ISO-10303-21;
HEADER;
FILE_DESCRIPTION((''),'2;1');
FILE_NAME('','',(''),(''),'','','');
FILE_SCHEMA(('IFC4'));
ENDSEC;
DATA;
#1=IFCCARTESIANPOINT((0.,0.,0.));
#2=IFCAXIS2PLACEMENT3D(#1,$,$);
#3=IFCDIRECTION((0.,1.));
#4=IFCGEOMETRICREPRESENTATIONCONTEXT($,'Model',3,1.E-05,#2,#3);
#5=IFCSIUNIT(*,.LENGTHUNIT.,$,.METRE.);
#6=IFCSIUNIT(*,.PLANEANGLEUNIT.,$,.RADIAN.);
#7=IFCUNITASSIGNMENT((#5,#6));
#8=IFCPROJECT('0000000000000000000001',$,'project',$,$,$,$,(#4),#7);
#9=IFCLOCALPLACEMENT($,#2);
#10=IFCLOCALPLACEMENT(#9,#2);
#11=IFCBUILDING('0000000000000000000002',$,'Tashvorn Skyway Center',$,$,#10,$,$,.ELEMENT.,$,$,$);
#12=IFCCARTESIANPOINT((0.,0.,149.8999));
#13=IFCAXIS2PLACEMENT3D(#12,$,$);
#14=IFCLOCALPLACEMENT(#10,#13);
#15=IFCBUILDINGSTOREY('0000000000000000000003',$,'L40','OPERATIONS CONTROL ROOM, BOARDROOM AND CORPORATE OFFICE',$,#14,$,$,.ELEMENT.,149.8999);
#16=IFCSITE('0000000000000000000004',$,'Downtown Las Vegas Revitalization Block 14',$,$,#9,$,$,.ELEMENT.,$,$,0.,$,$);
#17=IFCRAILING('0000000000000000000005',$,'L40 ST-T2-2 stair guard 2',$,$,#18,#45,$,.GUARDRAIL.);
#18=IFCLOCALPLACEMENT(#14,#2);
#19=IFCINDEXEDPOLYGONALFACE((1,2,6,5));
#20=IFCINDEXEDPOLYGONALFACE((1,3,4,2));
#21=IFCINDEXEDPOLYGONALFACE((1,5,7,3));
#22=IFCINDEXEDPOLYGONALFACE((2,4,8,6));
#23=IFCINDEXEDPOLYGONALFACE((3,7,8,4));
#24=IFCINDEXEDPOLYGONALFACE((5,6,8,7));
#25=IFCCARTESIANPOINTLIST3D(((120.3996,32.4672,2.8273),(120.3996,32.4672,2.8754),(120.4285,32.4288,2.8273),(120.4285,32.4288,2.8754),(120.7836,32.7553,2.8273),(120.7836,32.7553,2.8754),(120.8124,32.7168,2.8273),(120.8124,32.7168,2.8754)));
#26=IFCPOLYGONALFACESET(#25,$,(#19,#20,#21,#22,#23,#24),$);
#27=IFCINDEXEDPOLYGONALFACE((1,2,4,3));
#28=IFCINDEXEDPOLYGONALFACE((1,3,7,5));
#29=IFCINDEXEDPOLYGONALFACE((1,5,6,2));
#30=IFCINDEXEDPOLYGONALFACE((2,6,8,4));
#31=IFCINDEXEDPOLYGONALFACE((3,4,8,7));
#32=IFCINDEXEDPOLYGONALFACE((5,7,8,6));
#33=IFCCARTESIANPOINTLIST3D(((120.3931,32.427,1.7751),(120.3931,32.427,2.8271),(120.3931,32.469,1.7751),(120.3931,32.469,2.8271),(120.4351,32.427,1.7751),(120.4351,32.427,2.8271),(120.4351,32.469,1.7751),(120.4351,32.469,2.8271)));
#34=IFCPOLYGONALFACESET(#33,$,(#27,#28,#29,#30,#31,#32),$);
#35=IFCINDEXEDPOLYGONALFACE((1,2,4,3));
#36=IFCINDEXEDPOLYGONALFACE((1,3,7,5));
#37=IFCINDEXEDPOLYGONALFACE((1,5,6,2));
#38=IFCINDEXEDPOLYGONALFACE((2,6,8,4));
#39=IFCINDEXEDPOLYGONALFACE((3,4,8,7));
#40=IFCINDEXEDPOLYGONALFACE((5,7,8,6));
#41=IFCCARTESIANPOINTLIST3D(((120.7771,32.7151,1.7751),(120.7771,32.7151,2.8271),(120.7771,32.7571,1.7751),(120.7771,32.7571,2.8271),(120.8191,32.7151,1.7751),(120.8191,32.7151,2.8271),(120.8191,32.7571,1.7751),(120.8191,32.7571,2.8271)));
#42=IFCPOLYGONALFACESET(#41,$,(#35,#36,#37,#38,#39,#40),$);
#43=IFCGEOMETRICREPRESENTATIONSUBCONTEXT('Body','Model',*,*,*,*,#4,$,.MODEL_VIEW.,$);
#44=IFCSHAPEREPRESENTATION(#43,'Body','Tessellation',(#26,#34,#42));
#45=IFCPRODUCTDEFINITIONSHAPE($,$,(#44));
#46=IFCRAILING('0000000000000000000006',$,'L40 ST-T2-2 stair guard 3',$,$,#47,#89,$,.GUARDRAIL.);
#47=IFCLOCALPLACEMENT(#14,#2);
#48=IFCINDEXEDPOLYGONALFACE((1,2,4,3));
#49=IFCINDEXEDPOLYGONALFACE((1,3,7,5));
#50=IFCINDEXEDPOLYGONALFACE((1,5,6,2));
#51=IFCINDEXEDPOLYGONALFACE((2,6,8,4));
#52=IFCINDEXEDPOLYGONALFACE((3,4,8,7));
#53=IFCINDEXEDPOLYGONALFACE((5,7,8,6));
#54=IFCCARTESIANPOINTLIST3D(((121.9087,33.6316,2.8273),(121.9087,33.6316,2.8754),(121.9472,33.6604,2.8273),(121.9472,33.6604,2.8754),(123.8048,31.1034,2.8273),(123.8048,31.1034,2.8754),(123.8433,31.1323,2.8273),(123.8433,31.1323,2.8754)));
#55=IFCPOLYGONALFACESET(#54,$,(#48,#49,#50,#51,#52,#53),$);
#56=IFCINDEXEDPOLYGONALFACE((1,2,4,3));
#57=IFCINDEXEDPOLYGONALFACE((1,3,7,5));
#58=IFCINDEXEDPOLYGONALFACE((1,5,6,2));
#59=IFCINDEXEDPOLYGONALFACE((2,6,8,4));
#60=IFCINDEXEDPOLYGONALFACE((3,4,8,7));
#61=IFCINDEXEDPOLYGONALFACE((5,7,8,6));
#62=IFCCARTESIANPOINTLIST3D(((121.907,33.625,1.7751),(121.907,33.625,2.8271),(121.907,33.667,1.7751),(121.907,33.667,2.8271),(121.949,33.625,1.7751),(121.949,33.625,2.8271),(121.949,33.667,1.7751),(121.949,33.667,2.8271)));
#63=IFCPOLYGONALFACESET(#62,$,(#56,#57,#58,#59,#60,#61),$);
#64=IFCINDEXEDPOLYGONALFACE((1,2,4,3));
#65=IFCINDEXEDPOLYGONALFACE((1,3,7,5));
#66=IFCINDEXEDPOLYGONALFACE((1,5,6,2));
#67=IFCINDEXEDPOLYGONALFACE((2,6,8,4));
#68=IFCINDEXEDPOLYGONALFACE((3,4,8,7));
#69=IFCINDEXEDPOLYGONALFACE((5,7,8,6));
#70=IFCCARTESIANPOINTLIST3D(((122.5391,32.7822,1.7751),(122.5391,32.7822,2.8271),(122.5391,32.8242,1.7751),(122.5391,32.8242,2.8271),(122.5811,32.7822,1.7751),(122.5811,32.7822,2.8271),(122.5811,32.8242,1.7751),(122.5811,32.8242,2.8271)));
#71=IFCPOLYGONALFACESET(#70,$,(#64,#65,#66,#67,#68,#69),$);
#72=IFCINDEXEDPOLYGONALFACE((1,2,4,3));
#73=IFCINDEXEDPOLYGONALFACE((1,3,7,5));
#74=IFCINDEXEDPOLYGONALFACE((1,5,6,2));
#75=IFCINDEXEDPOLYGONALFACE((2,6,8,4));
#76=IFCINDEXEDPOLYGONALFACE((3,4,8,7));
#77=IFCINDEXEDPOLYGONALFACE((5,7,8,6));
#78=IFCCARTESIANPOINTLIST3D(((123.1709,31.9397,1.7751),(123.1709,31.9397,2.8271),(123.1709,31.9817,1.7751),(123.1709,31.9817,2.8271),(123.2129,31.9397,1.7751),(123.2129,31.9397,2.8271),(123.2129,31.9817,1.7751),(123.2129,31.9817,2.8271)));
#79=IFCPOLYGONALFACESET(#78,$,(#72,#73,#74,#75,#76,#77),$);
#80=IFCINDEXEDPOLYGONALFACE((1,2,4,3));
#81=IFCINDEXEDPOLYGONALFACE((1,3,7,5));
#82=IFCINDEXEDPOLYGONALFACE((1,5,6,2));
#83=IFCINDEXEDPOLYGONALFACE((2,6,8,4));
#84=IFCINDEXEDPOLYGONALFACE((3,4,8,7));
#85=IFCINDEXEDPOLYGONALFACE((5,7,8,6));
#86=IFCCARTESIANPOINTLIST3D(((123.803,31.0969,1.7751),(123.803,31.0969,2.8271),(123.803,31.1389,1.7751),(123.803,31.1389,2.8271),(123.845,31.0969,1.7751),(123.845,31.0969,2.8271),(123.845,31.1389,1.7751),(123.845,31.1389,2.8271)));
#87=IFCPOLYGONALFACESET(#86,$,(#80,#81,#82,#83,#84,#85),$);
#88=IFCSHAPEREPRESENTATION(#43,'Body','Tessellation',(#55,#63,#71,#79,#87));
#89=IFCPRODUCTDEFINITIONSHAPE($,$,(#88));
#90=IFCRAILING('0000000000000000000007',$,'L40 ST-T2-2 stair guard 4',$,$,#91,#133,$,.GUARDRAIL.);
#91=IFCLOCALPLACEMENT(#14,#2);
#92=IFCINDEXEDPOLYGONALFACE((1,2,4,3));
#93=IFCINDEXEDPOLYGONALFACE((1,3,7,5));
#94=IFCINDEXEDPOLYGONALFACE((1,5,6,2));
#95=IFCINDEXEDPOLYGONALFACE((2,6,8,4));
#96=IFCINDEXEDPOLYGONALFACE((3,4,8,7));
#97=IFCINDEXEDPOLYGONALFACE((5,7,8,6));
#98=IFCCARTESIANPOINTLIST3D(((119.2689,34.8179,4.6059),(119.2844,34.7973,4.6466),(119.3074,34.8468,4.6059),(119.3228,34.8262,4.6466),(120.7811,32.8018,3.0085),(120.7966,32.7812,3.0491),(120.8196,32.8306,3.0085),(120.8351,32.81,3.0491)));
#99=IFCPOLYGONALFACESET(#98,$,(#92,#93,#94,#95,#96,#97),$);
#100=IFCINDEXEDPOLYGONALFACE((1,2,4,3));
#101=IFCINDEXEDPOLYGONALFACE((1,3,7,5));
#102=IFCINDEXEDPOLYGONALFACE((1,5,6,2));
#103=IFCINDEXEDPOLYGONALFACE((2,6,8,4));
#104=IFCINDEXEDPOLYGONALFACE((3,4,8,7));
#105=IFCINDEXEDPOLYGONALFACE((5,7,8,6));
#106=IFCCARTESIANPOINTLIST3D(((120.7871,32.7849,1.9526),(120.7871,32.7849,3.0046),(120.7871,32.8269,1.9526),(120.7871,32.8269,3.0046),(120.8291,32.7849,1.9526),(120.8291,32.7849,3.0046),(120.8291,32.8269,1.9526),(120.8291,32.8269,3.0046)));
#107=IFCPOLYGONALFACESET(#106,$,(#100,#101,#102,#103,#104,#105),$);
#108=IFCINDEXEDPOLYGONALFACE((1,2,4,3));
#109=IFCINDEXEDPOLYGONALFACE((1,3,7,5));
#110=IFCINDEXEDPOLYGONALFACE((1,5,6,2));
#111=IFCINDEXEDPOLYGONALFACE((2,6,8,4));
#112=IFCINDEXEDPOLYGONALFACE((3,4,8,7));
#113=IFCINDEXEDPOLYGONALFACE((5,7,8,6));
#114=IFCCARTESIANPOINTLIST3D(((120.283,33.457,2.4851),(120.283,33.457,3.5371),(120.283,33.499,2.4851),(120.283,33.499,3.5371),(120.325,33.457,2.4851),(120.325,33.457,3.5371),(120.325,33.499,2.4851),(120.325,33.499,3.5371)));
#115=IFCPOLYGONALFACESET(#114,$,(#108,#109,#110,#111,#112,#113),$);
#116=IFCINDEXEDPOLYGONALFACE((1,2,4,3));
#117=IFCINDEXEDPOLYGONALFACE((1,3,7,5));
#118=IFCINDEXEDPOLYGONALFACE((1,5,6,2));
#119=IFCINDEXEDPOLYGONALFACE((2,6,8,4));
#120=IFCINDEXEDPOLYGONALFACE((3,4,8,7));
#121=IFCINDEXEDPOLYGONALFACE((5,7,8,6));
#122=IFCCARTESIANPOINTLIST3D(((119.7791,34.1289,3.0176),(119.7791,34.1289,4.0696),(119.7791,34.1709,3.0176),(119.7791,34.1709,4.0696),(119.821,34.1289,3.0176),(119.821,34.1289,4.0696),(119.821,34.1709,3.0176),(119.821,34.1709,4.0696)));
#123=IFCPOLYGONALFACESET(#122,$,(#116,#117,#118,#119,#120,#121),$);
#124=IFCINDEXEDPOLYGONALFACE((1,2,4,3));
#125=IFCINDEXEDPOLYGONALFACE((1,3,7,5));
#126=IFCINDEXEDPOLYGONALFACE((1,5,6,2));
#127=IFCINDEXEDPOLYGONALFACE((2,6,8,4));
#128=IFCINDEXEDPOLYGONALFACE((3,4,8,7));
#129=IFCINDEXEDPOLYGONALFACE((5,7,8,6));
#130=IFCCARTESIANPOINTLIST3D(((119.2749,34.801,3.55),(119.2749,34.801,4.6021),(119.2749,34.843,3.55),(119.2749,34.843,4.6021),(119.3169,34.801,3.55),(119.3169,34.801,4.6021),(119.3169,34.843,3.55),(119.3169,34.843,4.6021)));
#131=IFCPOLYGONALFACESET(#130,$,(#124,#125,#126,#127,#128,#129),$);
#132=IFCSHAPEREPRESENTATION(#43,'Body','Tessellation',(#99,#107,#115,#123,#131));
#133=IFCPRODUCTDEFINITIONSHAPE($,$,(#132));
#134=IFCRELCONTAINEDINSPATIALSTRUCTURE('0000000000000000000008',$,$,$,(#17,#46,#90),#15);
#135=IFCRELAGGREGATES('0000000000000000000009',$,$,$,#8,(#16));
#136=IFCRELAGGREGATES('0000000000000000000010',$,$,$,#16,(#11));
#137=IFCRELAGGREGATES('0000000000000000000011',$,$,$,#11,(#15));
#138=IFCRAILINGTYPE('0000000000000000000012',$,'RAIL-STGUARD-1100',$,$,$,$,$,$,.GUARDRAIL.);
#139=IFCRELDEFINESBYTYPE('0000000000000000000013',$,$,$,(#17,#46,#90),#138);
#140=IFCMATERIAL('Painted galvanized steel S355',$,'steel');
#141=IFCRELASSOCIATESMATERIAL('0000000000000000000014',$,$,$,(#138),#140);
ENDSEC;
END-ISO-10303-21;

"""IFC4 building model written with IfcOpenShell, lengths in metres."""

from ifc_helpers import new_model, si_unit, direction, frame, origin, origin_2d, place, context, subcontext, project, spatial, rectangle, extrude, material, type_object, element, save


model = new_model("IFC4")

# Units and contexts
model_context = context("Model", 3, precision=1e-05, world=origin(), true_north=direction((0.0, 1.0)))
body_context = subcontext(model_context, "Body", "Model", "MODEL_VIEW")
ifc_project = project(units=[si_unit("LENGTHUNIT", "METRE"), si_unit("PLANEANGLEUNIT", "RADIAN")], contexts=[model_context])

# Site, building, storey
site_placement = place(None, origin())
site = spatial("IfcSite", under=ifc_project, at=site_placement, Name="Downtown Las Vegas Revitalization Block 14", CompositionType="ELEMENT", RefElevation=0.0)
building_placement = place(site_placement, origin())
building = spatial("IfcBuilding", under=site, at=building_placement, Name="Tashvorn Skyway Center", CompositionType="ELEMENT")
storey_placement = place(building_placement, frame((0.0, 0.0, 149.8999)))
storey = spatial("IfcBuildingStorey", under=building, at=storey_placement, Name="L40", Description="OPERATIONS CONTROL ROOM, BOARDROOM AND CORPORATE OFFICE", CompositionType="ELEMENT", Elevation=149.8999)

# Railings
ifc_material_1 = material(Name="Painted galvanized steel S355", Category="steel")
railing_type_1 = type_object("IfcRailingType", Name="RAIL-STGUARD-1100", PredefinedType="GUARDRAIL", material=ifc_material_1)
railing_1_placement = place(storey_placement, frame((120.4141, 32.448, 1.7751)))
element("IfcRailing", 1, at=railing_1_placement, inside=storey, type_object=railing_type_1, Name="L40 ST-T2-2 stair guard 2", PredefinedType="GUARDRAIL", context=body_context, shape_type="SweptSolid", body=[
    extrude(rectangle(XDim=0.0481, YDim=0.0481, at=origin_2d()), frame((0.0, 0.0, 1.0762), z_axis=(0.799939, 0.600081, 0.0), x_axis=(-0.600081, 0.799939, 0.0)), (0.0, 0.0, 1.0), 0.48),
    extrude(rectangle(XDim=0.042, YDim=0.042, at=origin_2d()), origin(), (0.0, 0.0, 1.0), 1.052),
    extrude(rectangle(XDim=0.042, YDim=0.042, at=origin_2d()), frame((0.384, 0.2881, 0.0)), (0.0, 0.0, 1.0), 1.052),
])
railing_2_placement = place(storey_placement, frame((121.928, 33.646, 1.7751)))
element("IfcRailing", 2, at=railing_2_placement, inside=storey, type_object=railing_type_1, Name="L40 ST-T2-2 stair guard 3", PredefinedType="GUARDRAIL", context=body_context, shape_type="SweptSolid", body=[
    extrude(rectangle(XDim=0.0481, YDim=0.0481, at=origin_2d()), frame((0.0, 0.0, 1.0762), z_axis=(0.599988, -0.800009, 0.0), x_axis=(0.800009, 0.599988, 0.0)), (0.0, 0.0, 1.0), 3.1602),
    extrude(rectangle(XDim=0.042, YDim=0.042, at=origin_2d()), origin(), (0.0, 0.0, 1.0), 1.052),
    extrude(rectangle(XDim=0.042, YDim=0.042, at=origin_2d()), frame((0.6321, -0.8428, 0.0)), (0.0, 0.0, 1.0), 1.052),
    extrude(rectangle(XDim=0.042, YDim=0.042, at=origin_2d()), frame((1.2639, -1.6853, 0.0)), (0.0, 0.0, 1.0), 1.052),
    extrude(rectangle(XDim=0.042, YDim=0.042, at=origin_2d()), frame((1.896, -2.5281, 0.0)), (0.0, 0.0, 1.0), 1.052),
])
railing_3_placement = place(storey_placement, frame((120.8081, 32.8059, 1.9526)))
element("IfcRailing", 3, at=railing_3_placement, inside=storey, type_object=railing_type_1, Name="L40 ST-T2-2 stair guard 4", PredefinedType="GUARDRAIL", context=body_context, shape_type="SweptSolid", body=[
    extrude(rectangle(XDim=0.0481, YDim=0.0481, at=origin_2d()), frame((0.0, 0.0, 1.0762), z_axis=(-0.506802, 0.675681, 0.535357), x_axis=(-0.799977, -0.600031, 0.0)), (0.0, 0.0, 1.0), 2.9839),
    extrude(rectangle(XDim=0.042, YDim=0.042, at=origin_2d()), origin(), (0.0, 0.0, 1.0), 1.052),
    extrude(rectangle(XDim=0.042, YDim=0.042, at=origin_2d()), frame((-0.5042, 0.6721, 0.5325)), (0.0, 0.0, 1.0), 1.052),
    extrude(rectangle(XDim=0.042, YDim=0.042, at=origin_2d()), frame((-1.0081, 1.344, 1.0649)), (0.0, 0.0, 1.0), 1.052),
    extrude(rectangle(XDim=0.042, YDim=0.042, at=origin_2d()), frame((-1.5122, 2.0161, 1.5974)), (0.0, 0.0, 1.0), 1.052),
])

save(model, "model.ifc")
